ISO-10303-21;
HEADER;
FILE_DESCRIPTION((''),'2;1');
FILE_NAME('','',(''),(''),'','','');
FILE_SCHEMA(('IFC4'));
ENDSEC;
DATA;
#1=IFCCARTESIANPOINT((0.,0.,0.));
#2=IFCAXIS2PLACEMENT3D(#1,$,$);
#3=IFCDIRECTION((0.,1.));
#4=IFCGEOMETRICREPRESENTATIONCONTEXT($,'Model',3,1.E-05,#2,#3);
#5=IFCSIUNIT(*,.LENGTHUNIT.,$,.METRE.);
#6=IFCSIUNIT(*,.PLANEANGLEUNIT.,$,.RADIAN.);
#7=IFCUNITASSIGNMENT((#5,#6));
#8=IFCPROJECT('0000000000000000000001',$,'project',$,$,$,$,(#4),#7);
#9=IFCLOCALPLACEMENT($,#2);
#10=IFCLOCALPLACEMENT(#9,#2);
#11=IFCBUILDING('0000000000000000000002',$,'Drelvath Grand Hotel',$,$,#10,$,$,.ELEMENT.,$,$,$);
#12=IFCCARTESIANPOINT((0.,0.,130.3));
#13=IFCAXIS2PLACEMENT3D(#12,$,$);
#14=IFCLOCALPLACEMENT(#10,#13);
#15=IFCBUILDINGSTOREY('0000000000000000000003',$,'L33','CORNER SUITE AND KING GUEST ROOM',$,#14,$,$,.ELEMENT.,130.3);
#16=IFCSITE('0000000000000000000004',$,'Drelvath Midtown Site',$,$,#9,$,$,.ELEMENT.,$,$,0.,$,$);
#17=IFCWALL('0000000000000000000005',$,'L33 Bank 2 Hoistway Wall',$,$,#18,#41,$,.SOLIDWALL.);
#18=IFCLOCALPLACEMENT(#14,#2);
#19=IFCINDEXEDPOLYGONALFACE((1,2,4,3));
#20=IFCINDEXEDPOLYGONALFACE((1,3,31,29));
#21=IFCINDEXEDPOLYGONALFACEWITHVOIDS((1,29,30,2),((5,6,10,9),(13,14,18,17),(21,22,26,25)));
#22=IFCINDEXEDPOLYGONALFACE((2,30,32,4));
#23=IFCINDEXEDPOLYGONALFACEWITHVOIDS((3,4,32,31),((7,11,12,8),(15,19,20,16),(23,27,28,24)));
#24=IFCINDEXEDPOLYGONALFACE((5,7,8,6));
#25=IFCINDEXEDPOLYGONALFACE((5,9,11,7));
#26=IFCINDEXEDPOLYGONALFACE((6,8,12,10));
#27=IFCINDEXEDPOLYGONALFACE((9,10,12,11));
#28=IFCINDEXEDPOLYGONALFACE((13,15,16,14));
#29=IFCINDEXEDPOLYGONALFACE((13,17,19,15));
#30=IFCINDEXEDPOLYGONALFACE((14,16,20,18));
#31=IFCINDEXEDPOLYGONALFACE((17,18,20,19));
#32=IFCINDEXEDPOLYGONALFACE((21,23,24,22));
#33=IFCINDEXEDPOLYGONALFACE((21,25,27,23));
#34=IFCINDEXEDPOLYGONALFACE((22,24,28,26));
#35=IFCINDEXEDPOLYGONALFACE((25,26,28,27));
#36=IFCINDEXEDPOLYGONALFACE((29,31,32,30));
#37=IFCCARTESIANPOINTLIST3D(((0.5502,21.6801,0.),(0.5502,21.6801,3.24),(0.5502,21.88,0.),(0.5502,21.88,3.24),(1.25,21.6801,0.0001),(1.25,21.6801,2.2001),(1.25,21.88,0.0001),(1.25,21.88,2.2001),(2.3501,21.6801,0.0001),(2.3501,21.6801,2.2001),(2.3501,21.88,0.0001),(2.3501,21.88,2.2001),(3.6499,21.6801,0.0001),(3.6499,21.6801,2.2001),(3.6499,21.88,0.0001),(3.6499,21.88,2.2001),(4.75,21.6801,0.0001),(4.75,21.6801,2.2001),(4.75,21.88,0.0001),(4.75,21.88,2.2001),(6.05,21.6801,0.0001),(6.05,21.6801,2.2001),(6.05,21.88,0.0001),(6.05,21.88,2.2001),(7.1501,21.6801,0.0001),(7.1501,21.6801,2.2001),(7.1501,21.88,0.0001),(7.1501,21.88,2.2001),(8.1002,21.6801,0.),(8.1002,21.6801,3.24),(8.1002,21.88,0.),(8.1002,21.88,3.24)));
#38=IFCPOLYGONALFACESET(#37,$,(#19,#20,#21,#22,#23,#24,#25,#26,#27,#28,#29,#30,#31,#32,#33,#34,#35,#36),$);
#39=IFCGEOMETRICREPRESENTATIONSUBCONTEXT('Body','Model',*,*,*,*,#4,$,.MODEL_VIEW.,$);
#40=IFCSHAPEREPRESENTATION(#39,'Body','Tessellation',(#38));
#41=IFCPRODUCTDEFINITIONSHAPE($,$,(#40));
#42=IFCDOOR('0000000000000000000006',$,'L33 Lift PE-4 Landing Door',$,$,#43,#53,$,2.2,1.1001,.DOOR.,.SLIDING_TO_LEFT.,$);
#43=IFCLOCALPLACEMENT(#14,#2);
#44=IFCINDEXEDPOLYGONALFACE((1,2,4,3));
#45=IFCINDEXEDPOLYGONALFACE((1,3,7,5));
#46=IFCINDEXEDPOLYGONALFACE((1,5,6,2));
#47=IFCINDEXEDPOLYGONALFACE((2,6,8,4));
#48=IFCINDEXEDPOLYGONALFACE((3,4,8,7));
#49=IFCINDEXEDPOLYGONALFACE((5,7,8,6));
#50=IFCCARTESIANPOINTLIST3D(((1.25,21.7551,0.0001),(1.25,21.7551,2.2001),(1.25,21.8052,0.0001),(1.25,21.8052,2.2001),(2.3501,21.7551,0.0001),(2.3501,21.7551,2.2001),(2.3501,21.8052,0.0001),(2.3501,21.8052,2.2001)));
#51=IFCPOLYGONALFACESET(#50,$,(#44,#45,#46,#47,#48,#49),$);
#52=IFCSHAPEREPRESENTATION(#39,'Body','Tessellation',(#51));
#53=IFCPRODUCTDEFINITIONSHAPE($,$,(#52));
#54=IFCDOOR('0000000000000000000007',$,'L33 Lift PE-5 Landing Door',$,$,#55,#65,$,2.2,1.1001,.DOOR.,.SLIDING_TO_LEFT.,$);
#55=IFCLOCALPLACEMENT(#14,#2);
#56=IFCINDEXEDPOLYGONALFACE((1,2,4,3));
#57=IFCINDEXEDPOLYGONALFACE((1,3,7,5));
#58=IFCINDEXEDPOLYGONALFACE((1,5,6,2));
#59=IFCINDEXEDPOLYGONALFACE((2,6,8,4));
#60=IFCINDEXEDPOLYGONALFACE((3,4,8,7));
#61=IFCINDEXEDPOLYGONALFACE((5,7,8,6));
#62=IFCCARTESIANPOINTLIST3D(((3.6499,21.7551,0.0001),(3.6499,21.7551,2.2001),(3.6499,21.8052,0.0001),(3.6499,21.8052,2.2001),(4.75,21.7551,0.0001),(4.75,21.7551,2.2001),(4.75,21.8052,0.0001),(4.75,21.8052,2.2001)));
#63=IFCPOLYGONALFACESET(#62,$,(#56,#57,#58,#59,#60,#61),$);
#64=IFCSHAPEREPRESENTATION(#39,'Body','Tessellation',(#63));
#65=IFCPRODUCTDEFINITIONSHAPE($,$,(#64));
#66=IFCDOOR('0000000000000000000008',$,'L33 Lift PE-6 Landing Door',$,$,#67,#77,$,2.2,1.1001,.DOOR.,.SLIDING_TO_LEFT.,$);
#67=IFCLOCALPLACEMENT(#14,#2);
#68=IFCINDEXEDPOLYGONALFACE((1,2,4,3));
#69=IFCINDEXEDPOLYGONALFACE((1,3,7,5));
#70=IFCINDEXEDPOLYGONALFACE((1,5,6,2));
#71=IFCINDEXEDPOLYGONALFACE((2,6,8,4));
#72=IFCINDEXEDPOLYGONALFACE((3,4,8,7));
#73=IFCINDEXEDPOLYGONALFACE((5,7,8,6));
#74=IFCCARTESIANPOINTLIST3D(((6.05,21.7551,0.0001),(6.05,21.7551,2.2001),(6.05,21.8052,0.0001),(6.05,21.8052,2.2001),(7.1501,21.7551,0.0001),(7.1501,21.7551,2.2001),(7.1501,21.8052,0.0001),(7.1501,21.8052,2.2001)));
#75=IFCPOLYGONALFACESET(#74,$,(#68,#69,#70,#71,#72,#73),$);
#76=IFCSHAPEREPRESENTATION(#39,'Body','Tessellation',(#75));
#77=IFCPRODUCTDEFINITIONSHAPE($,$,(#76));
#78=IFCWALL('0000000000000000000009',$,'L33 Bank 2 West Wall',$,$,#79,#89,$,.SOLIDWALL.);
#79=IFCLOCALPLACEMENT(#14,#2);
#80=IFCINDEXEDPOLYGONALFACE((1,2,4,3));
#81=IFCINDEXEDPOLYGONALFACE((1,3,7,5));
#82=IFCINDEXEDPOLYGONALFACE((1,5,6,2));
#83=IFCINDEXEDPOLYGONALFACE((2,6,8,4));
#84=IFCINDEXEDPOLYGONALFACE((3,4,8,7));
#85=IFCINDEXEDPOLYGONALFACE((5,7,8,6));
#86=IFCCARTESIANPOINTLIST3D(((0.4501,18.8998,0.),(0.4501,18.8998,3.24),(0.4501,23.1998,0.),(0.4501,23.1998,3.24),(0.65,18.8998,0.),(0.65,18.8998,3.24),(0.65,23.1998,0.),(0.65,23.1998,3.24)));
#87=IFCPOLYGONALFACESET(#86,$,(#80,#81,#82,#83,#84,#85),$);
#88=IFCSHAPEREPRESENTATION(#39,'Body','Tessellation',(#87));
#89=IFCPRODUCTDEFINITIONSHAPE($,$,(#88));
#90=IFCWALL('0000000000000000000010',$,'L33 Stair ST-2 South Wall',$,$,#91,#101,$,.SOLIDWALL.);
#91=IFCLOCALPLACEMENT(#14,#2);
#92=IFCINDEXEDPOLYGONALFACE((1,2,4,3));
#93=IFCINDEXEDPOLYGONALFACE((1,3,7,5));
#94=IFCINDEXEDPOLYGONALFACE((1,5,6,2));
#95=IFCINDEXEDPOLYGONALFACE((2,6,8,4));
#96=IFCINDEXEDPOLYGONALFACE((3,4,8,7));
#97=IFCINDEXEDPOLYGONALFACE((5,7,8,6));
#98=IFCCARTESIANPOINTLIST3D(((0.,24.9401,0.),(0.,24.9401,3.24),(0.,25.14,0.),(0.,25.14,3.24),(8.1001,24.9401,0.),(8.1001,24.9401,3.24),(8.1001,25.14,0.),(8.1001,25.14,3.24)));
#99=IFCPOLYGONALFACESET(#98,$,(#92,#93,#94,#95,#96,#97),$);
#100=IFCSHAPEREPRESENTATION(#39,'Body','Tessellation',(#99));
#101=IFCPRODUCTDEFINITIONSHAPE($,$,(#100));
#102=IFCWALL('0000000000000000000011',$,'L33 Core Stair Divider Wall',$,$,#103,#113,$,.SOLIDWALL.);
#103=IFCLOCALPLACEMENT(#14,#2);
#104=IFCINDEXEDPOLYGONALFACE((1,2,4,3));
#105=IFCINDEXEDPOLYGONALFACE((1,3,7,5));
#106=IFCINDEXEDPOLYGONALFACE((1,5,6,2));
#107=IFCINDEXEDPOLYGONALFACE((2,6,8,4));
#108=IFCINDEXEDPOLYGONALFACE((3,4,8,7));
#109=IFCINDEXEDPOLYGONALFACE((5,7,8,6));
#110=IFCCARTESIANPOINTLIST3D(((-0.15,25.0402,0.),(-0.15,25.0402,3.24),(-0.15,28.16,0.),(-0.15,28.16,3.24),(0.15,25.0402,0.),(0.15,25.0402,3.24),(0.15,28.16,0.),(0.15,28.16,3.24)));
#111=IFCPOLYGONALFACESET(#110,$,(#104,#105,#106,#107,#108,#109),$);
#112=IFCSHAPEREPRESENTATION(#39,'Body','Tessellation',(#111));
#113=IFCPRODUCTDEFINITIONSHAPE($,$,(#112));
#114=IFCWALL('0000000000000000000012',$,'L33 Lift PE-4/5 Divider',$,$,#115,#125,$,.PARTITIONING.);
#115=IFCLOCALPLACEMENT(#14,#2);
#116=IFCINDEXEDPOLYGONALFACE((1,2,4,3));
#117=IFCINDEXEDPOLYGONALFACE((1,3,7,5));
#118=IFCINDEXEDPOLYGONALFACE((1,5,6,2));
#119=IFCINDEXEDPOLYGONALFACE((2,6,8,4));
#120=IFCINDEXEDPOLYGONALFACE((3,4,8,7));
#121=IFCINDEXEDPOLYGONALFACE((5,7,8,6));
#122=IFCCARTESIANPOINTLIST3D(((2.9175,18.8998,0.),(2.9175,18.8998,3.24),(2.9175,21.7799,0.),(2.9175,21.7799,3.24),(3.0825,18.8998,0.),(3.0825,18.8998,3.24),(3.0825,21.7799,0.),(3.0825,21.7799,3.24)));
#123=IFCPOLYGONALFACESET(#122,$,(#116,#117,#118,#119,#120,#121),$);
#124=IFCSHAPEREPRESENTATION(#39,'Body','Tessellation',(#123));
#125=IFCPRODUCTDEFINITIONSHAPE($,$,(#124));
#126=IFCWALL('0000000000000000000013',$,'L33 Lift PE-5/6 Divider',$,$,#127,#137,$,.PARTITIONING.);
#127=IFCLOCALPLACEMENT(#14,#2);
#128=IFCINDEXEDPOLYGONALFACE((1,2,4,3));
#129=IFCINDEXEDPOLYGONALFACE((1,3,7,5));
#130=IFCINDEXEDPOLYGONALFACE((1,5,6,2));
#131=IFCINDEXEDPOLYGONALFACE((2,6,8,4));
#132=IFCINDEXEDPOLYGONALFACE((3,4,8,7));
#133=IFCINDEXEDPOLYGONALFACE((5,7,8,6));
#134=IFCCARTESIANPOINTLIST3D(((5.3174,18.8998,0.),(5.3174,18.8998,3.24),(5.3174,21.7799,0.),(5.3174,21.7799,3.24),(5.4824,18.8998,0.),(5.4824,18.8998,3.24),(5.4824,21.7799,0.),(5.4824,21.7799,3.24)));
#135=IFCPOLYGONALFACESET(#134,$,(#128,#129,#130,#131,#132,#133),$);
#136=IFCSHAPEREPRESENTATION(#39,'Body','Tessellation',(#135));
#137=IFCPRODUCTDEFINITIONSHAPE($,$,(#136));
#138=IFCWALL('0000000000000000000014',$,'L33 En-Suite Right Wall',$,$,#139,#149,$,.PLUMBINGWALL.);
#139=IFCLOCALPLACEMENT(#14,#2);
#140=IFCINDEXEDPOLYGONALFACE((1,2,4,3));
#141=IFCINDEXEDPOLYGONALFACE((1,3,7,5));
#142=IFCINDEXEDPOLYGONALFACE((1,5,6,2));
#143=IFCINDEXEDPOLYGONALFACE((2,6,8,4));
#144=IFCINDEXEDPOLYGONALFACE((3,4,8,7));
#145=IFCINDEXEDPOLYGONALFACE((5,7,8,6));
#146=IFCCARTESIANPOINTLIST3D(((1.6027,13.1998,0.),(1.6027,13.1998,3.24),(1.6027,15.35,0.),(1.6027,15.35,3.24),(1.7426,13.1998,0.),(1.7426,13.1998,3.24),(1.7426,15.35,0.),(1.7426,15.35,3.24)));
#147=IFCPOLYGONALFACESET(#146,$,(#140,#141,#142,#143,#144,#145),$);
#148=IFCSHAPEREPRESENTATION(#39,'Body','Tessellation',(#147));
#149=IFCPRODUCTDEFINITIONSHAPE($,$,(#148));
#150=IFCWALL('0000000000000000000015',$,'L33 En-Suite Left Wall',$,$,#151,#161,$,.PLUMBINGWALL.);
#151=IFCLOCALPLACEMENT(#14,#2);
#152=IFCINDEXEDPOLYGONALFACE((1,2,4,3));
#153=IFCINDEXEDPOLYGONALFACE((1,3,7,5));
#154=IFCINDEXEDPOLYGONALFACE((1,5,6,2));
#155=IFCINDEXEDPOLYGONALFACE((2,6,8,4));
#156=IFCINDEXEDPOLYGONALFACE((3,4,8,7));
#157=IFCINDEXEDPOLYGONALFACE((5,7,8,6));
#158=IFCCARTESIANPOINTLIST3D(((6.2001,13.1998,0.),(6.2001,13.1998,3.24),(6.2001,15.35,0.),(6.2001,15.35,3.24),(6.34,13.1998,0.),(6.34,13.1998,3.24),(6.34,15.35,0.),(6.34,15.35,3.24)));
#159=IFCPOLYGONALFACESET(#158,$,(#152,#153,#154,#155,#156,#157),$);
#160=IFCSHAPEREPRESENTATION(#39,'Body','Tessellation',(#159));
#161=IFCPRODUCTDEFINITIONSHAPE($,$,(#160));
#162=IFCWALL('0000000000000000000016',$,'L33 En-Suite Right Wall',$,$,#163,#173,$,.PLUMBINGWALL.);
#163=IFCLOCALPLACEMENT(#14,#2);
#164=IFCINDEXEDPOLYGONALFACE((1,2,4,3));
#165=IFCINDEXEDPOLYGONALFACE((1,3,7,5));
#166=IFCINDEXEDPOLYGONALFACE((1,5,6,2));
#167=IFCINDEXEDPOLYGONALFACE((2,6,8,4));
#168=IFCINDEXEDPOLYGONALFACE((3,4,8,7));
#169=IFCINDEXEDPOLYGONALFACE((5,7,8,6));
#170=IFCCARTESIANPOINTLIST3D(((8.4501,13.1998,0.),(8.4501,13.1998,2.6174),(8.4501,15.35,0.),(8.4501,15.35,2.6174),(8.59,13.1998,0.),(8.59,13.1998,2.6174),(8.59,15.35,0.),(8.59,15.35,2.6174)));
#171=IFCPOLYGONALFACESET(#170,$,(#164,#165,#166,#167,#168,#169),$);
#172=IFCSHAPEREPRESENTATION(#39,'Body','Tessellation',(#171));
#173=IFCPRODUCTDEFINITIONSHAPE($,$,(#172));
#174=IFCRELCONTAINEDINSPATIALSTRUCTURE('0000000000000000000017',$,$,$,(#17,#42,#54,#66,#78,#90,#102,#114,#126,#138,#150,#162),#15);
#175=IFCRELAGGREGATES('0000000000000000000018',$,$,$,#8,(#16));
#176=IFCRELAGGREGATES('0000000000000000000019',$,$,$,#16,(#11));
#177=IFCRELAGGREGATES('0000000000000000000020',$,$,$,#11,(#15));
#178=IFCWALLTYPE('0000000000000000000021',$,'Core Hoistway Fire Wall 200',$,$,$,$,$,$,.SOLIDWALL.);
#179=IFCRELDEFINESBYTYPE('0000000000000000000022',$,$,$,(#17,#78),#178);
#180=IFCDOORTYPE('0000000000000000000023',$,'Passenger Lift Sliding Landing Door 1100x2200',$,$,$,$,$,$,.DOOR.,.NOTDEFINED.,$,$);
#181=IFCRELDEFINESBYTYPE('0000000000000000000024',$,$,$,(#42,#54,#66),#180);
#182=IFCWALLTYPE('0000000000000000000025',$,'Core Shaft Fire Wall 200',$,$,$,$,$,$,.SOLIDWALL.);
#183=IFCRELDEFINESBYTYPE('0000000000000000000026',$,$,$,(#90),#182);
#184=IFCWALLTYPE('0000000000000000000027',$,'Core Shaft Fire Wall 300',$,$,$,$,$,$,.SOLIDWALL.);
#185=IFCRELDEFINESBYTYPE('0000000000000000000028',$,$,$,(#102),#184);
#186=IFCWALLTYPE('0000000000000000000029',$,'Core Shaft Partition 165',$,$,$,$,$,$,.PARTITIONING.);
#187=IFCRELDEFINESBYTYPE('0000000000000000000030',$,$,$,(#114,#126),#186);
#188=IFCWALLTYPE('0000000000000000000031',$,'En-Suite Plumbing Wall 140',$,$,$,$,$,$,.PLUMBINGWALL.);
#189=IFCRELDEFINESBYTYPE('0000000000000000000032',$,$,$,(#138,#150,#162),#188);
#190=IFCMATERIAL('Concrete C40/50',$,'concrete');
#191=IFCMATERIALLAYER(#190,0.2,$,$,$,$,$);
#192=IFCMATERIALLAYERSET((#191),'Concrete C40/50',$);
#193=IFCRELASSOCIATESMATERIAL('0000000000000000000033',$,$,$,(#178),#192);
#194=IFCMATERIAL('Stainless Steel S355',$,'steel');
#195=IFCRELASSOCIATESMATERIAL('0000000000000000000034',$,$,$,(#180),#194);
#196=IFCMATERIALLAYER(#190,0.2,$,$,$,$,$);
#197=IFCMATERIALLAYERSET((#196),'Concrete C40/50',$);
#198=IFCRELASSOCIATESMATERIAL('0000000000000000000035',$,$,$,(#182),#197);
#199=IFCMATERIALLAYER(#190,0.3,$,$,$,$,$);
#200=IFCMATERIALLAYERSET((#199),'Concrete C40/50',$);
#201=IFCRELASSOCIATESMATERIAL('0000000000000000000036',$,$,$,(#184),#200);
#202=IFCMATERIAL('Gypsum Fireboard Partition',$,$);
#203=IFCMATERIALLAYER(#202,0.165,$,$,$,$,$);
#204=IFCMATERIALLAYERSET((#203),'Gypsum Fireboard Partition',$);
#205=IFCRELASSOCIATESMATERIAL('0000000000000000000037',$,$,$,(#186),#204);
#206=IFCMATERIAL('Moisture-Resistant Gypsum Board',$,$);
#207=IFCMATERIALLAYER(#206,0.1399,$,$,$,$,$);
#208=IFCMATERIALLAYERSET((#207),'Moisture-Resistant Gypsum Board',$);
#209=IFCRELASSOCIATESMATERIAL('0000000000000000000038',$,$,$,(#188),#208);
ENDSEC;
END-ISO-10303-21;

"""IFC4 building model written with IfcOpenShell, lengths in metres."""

from ifc_helpers import new_model, si_unit, direction, frame, frame_2d, origin, place, context, subcontext, project, spatial, rectangle, extrude, material, layer, layer_set, type_object, element, fill, save


model = new_model("IFC4")

# Units and contexts
model_context = context("Model", 3, precision=1e-05, world=origin(), true_north=direction((0.0, 1.0)))
body_context = subcontext(model_context, "Body", "Model", "MODEL_VIEW")
ifc_project = project(units=[si_unit("LENGTHUNIT", "METRE"), si_unit("PLANEANGLEUNIT", "RADIAN")], contexts=[model_context])

# Site, building, storey
site_placement = place(None, origin())
site = spatial("IfcSite", under=ifc_project, at=site_placement, Name="Drelvath Midtown Site", CompositionType="ELEMENT", RefElevation=0.0)
building_placement = place(site_placement, origin())
building = spatial("IfcBuilding", under=site, at=building_placement, Name="Drelvath Grand Hotel", CompositionType="ELEMENT")
storey_placement = place(building_placement, frame((0.0, 0.0, 130.3)))
storey = spatial("IfcBuildingStorey", under=building, at=storey_placement, Name="L33", Description="CORNER SUITE AND KING GUEST ROOM", CompositionType="ELEMENT", Elevation=130.3)

# Wall, openings, doors
ifc_material_1 = material(Name="Concrete C40/50", Category="concrete")
ifc_layer_1 = layer(ifc_material_1, 0.2)
ifc_layer_set_1 = layer_set([ifc_layer_1], Name="Concrete C40/50")
wall_type_1 = type_object("IfcWallType", Name="Core Hoistway Fire Wall 200", PredefinedType="SOLIDWALL", material=ifc_layer_set_1)
wall_1_placement = place(storey_placement, frame((8.1001, 21.78, 0.0), z_axis=(0.0, 0.0, 1.0), x_axis=(-1.0, 0.0, 0.0)))
wall_1 = element("IfcWall", 1, at=wall_1_placement, inside=storey, type_object=wall_type_1, Name="L33 Bank 2 Hoistway Wall", PredefinedType="SOLIDWALL", context=body_context, shape_type="SweptSolid", body=[
    extrude(rectangle(XDim=7.55, YDim=0.2, at=frame_2d((3.7749, 0.0))), origin(), (0.0, 0.0, 1.0), 3.24),
])
opening_1_placement = place(wall_1_placement, frame((5.75, 0.0, 0.0)))
opening_1 = element("IfcOpeningElement", 2, at=opening_1_placement, cuts=wall_1, PredefinedType="OPENING", context=body_context, shape_type="SweptSolid", body=[
    extrude(rectangle(XDim=1.1001, YDim=2.2, at=frame_2d((0.55, 1.1001))), frame((0.0, 0.1099, 0.0), z_axis=(0.0, -1.0, 0.0), x_axis=(1.0, 0.0, 0.0)), (0.0, 0.0, 1.0), 0.22),
])
opening_2_placement = place(wall_1_placement, frame((3.3501, 0.0, 0.0)))
opening_2 = element("IfcOpeningElement", 3, at=opening_2_placement, cuts=wall_1, PredefinedType="OPENING", context=body_context, shape_type="SweptSolid", body=[
    extrude(rectangle(XDim=1.1001, YDim=2.2, at=frame_2d((0.55, 1.1001))), frame((0.0, 0.1099, 0.0), z_axis=(0.0, -1.0, 0.0), x_axis=(1.0, 0.0, 0.0)), (0.0, 0.0, 1.0), 0.22),
])
opening_3_placement = place(wall_1_placement, frame((0.95, 0.0, 0.0)))
opening_3 = element("IfcOpeningElement", 4, at=opening_3_placement, cuts=wall_1, PredefinedType="OPENING", context=body_context, shape_type="SweptSolid", body=[
    extrude(rectangle(XDim=1.1001, YDim=2.2, at=frame_2d((0.55, 1.1001))), frame((0.0, 0.1099, 0.0), z_axis=(0.0, -1.0, 0.0), x_axis=(1.0, 0.0, 0.0)), (0.0, 0.0, 1.0), 0.22),
])
ifc_material_2 = material(Name="Stainless Steel S355", Category="steel")
door_type_1 = type_object("IfcDoorType", Name="Passenger Lift Sliding Landing Door 1100x2200", OperationType="NOTDEFINED", PredefinedType="DOOR", material=ifc_material_2)
door_1_placement = place(opening_1_placement, origin())
door_1 = element("IfcDoor", 5, at=door_1_placement, inside=storey, type_object=door_type_1, Name="L33 Lift PE-4 Landing Door", OperationType="SLIDING_TO_LEFT", OverallHeight=2.2, OverallWidth=1.1001, PredefinedType="DOOR", context=body_context, shape_type="SweptSolid", body=[
    extrude(rectangle(XDim=1.1001, YDim=2.2, at=frame_2d((0.55, 1.1001))), frame((0.0, 0.0249, 0.0), z_axis=(0.0, -1.0, 0.0), x_axis=(1.0, 0.0, 0.0)), (0.0, 0.0, 1.0), 0.05),
])
fill(opening_1, door_1)
door_2_placement = place(opening_2_placement, origin())
door_2 = element("IfcDoor", 6, at=door_2_placement, inside=storey, type_object=door_type_1, Name="L33 Lift PE-5 Landing Door", OperationType="SLIDING_TO_LEFT", OverallHeight=2.2, OverallWidth=1.1001, PredefinedType="DOOR", context=body_context, shape_type="SweptSolid", body=[
    extrude(rectangle(XDim=1.1001, YDim=2.2, at=frame_2d((0.55, 1.1001))), frame((0.0, 0.0249, 0.0), z_axis=(0.0, -1.0, 0.0), x_axis=(1.0, 0.0, 0.0)), (0.0, 0.0, 1.0), 0.05),
])
fill(opening_2, door_2)
door_3_placement = place(opening_3_placement, origin())
door_3 = element("IfcDoor", 7, at=door_3_placement, inside=storey, type_object=door_type_1, Name="L33 Lift PE-6 Landing Door", OperationType="SLIDING_TO_LEFT", OverallHeight=2.2, OverallWidth=1.1001, PredefinedType="DOOR", context=body_context, shape_type="SweptSolid", body=[
    extrude(rectangle(XDim=1.1001, YDim=2.2, at=frame_2d((0.55, 1.1001))), frame((0.0, 0.0249, 0.0), z_axis=(0.0, -1.0, 0.0), x_axis=(1.0, 0.0, 0.0)), (0.0, 0.0, 1.0), 0.05),
])
fill(opening_3, door_3)

# Walls
wall_2_placement = place(storey_placement, frame((0.55, 18.8999, 0.0), z_axis=(0.0, 0.0, 1.0), x_axis=(0.0, 1.0, 0.0)))
element("IfcWall", 8, at=wall_2_placement, inside=storey, type_object=wall_type_1, Name="L33 Bank 2 West Wall", PredefinedType="SOLIDWALL", context=body_context, shape_type="SweptSolid", body=[
    extrude(rectangle(XDim=4.3, YDim=0.2, at=frame_2d((2.1499, 0.0))), origin(), (0.0, 0.0, 1.0), 3.24),
])
ifc_layer_2 = layer(ifc_material_1, 0.2)
ifc_layer_set_2 = layer_set([ifc_layer_2], Name="Concrete C40/50")
wall_type_2 = type_object("IfcWallType", Name="Core Shaft Fire Wall 200", PredefinedType="SOLIDWALL", material=ifc_layer_set_2)
wall_3_placement = place(storey_placement, frame((0.0, 25.04, 0.0), z_axis=(0.0, 0.0, 1.0), x_axis=(1.0, 0.0, 0.0)))
element("IfcWall", 9, at=wall_3_placement, inside=storey, type_object=wall_type_2, Name="L33 Stair ST-2 South Wall", PredefinedType="SOLIDWALL", context=body_context, shape_type="SweptSolid", body=[
    extrude(rectangle(XDim=8.1001, YDim=0.2, at=frame_2d((4.05, 0.0))), origin(), (0.0, 0.0, 1.0), 3.24),
])
ifc_layer_3 = layer(ifc_material_1, 0.3)
ifc_layer_set_3 = layer_set([ifc_layer_3], Name="Concrete C40/50")
wall_type_3 = type_object("IfcWallType", Name="Core Shaft Fire Wall 300", PredefinedType="SOLIDWALL", material=ifc_layer_set_3)
wall_4_placement = place(storey_placement, frame((0.0, 25.04, 0.0), z_axis=(0.0, 0.0, 1.0), x_axis=(0.0, 1.0, 0.0)))
element("IfcWall", 10, at=wall_4_placement, inside=storey, type_object=wall_type_3, Name="L33 Core Stair Divider Wall", PredefinedType="SOLIDWALL", context=body_context, shape_type="SweptSolid", body=[
    extrude(rectangle(XDim=3.1199, YDim=0.3, at=frame_2d((1.5601, 0.0))), origin(), (0.0, 0.0, 1.0), 3.24),
])
ifc_material_3 = material(Name="Gypsum Fireboard Partition")
ifc_layer_4 = layer(ifc_material_3, 0.165)
ifc_layer_set_4 = layer_set([ifc_layer_4], Name="Gypsum Fireboard Partition")
wall_type_4 = type_object("IfcWallType", Name="Core Shaft Partition 165", PredefinedType="PARTITIONING", material=ifc_layer_set_4)
for number, where, z_axis, x_axis, name in (
    (11, (3.0, 18.8999, 0.0), (0.0, 0.0, 1.0), (0.0, 1.0, 0.0), "L33 Lift PE-4/5 Divider"),
    (12, (5.3999, 18.8999, 0.0), (0.0, 0.0, 1.0), (0.0, 1.0, 0.0), "L33 Lift PE-5/6 Divider"),
):
    element("IfcWall", number, at=place(storey_placement, frame(where, z_axis=z_axis, x_axis=x_axis)), inside=storey, type_object=wall_type_4, Name=name, PredefinedType="PARTITIONING", context=body_context, shape_type="SweptSolid", body=[
        extrude(rectangle(XDim=2.8801, YDim=0.165, at=frame_2d((1.4399, 0.0))), origin(), (0.0, 0.0, 1.0), 3.24),
    ])
ifc_material_4 = material(Name="Moisture-Resistant Gypsum Board")
ifc_layer_5 = layer(ifc_material_4, 0.1399)
ifc_layer_set_5 = layer_set([ifc_layer_5], Name="Moisture-Resistant Gypsum Board")
wall_type_5 = type_object("IfcWallType", Name="En-Suite Plumbing Wall 140", PredefinedType="PLUMBINGWALL", material=ifc_layer_set_5)
for number, where, z_axis, x_axis, name in (
    (13, (1.6726, 15.3501, 0.0), (0.0, 0.0, 1.0), (0.0, -1.0, 0.0), "L33 En-Suite Right Wall"),
    (14, (6.27, 15.3501, 0.0), (0.0, 0.0, 1.0), (0.0, -1.0, 0.0), "L33 En-Suite Left Wall"),
):
    element("IfcWall", number, at=place(storey_placement, frame(where, z_axis=z_axis, x_axis=x_axis)), inside=storey, type_object=wall_type_5, Name=name, PredefinedType="PLUMBINGWALL", context=body_context, shape_type="SweptSolid", body=[
        extrude(rectangle(XDim=2.1501, YDim=0.1399, at=frame_2d((1.0752, 0.0))), origin(), (0.0, 0.0, 1.0), 3.24),
    ])
wall_5_placement = place(storey_placement, frame((8.52, 15.3501, 0.0), z_axis=(0.0, 0.0, 1.0), x_axis=(0.0, -1.0, 0.0)))
element("IfcWall", 15, at=wall_5_placement, inside=storey, type_object=wall_type_5, Name="L33 En-Suite Right Wall", PredefinedType="PLUMBINGWALL", context=body_context, shape_type="SweptSolid", body=[
    extrude(rectangle(XDim=2.1501, YDim=0.1399, at=frame_2d((1.0752, 0.0))), origin(), (0.0, 0.0, 1.0), 2.6174),
])

save(model, "model.ifc")
